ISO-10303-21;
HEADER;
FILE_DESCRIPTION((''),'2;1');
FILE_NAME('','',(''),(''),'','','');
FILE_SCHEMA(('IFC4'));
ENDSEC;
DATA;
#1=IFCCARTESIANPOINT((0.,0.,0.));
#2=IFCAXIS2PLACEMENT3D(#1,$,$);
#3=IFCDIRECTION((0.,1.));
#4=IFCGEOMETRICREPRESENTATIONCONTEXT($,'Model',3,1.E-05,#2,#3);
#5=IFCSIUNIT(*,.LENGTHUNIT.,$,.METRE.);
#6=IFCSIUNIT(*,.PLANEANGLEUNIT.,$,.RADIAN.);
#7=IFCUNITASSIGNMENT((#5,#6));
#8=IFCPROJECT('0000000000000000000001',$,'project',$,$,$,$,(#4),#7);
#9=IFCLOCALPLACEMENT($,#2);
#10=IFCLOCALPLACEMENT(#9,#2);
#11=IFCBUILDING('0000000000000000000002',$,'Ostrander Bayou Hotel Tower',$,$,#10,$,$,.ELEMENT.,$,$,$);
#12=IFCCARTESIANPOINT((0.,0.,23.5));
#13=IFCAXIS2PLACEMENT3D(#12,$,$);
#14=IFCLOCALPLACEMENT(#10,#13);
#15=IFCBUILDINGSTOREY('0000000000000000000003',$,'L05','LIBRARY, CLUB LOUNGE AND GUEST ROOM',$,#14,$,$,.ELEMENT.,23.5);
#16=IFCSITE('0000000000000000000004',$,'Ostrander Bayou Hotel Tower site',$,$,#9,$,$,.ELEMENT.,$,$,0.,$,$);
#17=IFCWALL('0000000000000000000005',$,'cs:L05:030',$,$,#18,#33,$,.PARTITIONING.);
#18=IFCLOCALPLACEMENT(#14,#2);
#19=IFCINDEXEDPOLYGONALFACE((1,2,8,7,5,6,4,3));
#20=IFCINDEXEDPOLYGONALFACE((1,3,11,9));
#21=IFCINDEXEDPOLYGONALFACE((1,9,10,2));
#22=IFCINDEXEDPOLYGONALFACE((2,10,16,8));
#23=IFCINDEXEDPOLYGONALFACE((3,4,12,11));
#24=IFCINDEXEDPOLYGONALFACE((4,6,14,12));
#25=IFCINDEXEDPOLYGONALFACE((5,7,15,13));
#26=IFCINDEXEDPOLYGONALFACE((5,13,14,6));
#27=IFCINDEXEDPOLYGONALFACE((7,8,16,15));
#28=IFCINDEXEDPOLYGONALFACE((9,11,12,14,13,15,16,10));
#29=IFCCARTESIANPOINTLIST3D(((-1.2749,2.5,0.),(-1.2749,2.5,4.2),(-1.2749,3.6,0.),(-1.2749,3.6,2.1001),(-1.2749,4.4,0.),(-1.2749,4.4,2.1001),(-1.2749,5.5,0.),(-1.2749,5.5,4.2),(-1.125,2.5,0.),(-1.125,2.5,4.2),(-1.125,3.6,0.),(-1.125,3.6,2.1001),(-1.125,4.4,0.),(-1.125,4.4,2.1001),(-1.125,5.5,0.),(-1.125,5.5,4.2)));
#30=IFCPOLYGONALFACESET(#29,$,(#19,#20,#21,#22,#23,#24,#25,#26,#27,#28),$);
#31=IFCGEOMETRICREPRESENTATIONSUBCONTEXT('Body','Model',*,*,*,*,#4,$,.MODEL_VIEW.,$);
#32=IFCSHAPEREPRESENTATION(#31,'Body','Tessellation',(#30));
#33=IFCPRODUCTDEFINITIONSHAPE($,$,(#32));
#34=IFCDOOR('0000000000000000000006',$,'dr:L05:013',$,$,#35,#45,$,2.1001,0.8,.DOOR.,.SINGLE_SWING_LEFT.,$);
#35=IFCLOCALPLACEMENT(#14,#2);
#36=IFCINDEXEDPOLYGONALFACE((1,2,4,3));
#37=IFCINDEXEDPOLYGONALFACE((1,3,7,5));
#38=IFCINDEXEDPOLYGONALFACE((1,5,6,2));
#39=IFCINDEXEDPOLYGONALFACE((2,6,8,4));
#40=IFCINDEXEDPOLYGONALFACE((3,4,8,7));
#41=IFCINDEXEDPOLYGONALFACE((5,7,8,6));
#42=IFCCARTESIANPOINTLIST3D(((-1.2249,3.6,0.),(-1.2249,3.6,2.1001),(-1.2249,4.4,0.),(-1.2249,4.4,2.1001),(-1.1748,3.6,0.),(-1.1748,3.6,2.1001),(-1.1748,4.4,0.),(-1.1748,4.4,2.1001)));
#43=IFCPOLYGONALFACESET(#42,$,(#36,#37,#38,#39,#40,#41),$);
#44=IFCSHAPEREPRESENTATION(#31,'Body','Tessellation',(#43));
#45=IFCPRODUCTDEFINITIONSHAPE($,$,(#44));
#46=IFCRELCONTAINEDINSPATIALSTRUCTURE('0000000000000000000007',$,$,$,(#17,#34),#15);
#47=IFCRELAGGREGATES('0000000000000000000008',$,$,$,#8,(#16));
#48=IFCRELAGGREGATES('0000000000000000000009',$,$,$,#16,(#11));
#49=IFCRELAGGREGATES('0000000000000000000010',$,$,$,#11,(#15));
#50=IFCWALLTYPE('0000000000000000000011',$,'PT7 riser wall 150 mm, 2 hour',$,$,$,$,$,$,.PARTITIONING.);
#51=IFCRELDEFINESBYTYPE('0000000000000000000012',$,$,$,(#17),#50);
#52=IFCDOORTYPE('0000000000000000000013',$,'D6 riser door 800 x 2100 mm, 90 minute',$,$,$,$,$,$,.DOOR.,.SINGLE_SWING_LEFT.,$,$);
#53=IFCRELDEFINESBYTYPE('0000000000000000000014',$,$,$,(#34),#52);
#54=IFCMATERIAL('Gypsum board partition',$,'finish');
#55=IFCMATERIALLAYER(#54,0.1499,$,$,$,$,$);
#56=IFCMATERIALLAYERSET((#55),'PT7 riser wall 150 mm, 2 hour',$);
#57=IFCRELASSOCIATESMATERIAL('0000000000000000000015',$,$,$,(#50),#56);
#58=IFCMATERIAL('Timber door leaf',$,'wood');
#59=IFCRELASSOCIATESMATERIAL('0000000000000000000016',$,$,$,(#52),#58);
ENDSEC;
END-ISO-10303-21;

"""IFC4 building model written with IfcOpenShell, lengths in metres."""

from ifc_helpers import new_model, si_unit, direction, frame, frame_2d, origin, place, context, subcontext, project, spatial, rectangle, extrude, material, layer, layer_set, type_object, element, fill, save


model = new_model("IFC4")

# Units and contexts
model_context = context("Model", 3, precision=1e-05, world=origin(), true_north=direction((0.0, 1.0)))
body_context = subcontext(model_context, "Body", "Model", "MODEL_VIEW")
ifc_project = project(units=[si_unit("LENGTHUNIT", "METRE"), si_unit("PLANEANGLEUNIT", "RADIAN")], contexts=[model_context])

# Site, building, storey
site_placement = place(None, origin())
site = spatial("IfcSite", under=ifc_project, at=site_placement, Name="Ostrander Bayou Hotel Tower site", CompositionType="ELEMENT", RefElevation=0.0)
building_placement = place(site_placement, origin())
building = spatial("IfcBuilding", under=site, at=building_placement, Name="Ostrander Bayou Hotel Tower", CompositionType="ELEMENT")
storey_placement = place(building_placement, frame((0.0, 0.0, 23.5)))
storey = spatial("IfcBuildingStorey", under=building, at=storey_placement, Name="L05", Description="LIBRARY, CLUB LOUNGE AND GUEST ROOM", CompositionType="ELEMENT", Elevation=23.5)

# Wall, opening, door
ifc_material_1 = material(Name="Gypsum board partition", Category="finish")
ifc_layer_1 = layer(ifc_material_1, 0.1499)
ifc_layer_set_1 = layer_set([ifc_layer_1], Name="PT7 riser wall 150 mm, 2 hour")
wall_type_1 = type_object("IfcWallType", Name="PT7 riser wall 150 mm, 2 hour", PredefinedType="PARTITIONING", material=ifc_layer_set_1)
wall_1_placement = place(storey_placement, frame((-1.2, 2.5, 0.0), z_axis=(0.0, 0.0, 1.0), x_axis=(0.0, 1.0, 0.0)))
wall_1 = element("IfcWall", 1, at=wall_1_placement, inside=storey, type_object=wall_type_1, Name="cs:L05:030", PredefinedType="PARTITIONING", context=body_context, shape_type="SweptSolid", body=[
    extrude(rectangle(XDim=3.0, YDim=0.1499, at=frame_2d((1.5, 0.0))), origin(), (0.0, 0.0, 1.0), 4.2),
])
opening_placement = place(wall_1_placement, frame((1.1001, 0.0, 0.0)))
opening = element("IfcOpeningElement", 2, at=opening_placement, cuts=wall_1, PredefinedType="OPENING", context=body_context, shape_type="SweptSolid", body=[
    extrude(rectangle(XDim=0.8, YDim=2.1001, at=frame_2d((0.3999, 1.05))), frame((0.0, 0.075, 0.0), z_axis=(0.0, -1.0, 0.0), x_axis=(1.0, 0.0, 0.0)), (0.0, 0.0, 1.0), 0.1499),
])
ifc_material_2 = material(Name="Timber door leaf", Category="wood")
door_type = type_object("IfcDoorType", Name="D6 riser door 800 x 2100 mm, 90 minute", OperationType="SINGLE_SWING_LEFT", PredefinedType="DOOR", material=ifc_material_2)
door_placement = place(opening_placement, origin())
door = element("IfcDoor", 3, at=door_placement, inside=storey, type_object=door_type, Name="dr:L05:013", OperationType="SINGLE_SWING_LEFT", OverallHeight=2.1001, OverallWidth=0.8, PredefinedType="DOOR", context=body_context, shape_type="SweptSolid", body=[
    extrude(rectangle(XDim=0.8, YDim=2.1001, at=frame_2d((0.3999, 1.05))), frame((0.0, 0.0249, 0.0), z_axis=(0.0, -1.0, 0.0), x_axis=(1.0, 0.0, 0.0)), (0.0, 0.0, 1.0), 0.05),
])
fill(opening, door)

save(model, "model.ifc")
